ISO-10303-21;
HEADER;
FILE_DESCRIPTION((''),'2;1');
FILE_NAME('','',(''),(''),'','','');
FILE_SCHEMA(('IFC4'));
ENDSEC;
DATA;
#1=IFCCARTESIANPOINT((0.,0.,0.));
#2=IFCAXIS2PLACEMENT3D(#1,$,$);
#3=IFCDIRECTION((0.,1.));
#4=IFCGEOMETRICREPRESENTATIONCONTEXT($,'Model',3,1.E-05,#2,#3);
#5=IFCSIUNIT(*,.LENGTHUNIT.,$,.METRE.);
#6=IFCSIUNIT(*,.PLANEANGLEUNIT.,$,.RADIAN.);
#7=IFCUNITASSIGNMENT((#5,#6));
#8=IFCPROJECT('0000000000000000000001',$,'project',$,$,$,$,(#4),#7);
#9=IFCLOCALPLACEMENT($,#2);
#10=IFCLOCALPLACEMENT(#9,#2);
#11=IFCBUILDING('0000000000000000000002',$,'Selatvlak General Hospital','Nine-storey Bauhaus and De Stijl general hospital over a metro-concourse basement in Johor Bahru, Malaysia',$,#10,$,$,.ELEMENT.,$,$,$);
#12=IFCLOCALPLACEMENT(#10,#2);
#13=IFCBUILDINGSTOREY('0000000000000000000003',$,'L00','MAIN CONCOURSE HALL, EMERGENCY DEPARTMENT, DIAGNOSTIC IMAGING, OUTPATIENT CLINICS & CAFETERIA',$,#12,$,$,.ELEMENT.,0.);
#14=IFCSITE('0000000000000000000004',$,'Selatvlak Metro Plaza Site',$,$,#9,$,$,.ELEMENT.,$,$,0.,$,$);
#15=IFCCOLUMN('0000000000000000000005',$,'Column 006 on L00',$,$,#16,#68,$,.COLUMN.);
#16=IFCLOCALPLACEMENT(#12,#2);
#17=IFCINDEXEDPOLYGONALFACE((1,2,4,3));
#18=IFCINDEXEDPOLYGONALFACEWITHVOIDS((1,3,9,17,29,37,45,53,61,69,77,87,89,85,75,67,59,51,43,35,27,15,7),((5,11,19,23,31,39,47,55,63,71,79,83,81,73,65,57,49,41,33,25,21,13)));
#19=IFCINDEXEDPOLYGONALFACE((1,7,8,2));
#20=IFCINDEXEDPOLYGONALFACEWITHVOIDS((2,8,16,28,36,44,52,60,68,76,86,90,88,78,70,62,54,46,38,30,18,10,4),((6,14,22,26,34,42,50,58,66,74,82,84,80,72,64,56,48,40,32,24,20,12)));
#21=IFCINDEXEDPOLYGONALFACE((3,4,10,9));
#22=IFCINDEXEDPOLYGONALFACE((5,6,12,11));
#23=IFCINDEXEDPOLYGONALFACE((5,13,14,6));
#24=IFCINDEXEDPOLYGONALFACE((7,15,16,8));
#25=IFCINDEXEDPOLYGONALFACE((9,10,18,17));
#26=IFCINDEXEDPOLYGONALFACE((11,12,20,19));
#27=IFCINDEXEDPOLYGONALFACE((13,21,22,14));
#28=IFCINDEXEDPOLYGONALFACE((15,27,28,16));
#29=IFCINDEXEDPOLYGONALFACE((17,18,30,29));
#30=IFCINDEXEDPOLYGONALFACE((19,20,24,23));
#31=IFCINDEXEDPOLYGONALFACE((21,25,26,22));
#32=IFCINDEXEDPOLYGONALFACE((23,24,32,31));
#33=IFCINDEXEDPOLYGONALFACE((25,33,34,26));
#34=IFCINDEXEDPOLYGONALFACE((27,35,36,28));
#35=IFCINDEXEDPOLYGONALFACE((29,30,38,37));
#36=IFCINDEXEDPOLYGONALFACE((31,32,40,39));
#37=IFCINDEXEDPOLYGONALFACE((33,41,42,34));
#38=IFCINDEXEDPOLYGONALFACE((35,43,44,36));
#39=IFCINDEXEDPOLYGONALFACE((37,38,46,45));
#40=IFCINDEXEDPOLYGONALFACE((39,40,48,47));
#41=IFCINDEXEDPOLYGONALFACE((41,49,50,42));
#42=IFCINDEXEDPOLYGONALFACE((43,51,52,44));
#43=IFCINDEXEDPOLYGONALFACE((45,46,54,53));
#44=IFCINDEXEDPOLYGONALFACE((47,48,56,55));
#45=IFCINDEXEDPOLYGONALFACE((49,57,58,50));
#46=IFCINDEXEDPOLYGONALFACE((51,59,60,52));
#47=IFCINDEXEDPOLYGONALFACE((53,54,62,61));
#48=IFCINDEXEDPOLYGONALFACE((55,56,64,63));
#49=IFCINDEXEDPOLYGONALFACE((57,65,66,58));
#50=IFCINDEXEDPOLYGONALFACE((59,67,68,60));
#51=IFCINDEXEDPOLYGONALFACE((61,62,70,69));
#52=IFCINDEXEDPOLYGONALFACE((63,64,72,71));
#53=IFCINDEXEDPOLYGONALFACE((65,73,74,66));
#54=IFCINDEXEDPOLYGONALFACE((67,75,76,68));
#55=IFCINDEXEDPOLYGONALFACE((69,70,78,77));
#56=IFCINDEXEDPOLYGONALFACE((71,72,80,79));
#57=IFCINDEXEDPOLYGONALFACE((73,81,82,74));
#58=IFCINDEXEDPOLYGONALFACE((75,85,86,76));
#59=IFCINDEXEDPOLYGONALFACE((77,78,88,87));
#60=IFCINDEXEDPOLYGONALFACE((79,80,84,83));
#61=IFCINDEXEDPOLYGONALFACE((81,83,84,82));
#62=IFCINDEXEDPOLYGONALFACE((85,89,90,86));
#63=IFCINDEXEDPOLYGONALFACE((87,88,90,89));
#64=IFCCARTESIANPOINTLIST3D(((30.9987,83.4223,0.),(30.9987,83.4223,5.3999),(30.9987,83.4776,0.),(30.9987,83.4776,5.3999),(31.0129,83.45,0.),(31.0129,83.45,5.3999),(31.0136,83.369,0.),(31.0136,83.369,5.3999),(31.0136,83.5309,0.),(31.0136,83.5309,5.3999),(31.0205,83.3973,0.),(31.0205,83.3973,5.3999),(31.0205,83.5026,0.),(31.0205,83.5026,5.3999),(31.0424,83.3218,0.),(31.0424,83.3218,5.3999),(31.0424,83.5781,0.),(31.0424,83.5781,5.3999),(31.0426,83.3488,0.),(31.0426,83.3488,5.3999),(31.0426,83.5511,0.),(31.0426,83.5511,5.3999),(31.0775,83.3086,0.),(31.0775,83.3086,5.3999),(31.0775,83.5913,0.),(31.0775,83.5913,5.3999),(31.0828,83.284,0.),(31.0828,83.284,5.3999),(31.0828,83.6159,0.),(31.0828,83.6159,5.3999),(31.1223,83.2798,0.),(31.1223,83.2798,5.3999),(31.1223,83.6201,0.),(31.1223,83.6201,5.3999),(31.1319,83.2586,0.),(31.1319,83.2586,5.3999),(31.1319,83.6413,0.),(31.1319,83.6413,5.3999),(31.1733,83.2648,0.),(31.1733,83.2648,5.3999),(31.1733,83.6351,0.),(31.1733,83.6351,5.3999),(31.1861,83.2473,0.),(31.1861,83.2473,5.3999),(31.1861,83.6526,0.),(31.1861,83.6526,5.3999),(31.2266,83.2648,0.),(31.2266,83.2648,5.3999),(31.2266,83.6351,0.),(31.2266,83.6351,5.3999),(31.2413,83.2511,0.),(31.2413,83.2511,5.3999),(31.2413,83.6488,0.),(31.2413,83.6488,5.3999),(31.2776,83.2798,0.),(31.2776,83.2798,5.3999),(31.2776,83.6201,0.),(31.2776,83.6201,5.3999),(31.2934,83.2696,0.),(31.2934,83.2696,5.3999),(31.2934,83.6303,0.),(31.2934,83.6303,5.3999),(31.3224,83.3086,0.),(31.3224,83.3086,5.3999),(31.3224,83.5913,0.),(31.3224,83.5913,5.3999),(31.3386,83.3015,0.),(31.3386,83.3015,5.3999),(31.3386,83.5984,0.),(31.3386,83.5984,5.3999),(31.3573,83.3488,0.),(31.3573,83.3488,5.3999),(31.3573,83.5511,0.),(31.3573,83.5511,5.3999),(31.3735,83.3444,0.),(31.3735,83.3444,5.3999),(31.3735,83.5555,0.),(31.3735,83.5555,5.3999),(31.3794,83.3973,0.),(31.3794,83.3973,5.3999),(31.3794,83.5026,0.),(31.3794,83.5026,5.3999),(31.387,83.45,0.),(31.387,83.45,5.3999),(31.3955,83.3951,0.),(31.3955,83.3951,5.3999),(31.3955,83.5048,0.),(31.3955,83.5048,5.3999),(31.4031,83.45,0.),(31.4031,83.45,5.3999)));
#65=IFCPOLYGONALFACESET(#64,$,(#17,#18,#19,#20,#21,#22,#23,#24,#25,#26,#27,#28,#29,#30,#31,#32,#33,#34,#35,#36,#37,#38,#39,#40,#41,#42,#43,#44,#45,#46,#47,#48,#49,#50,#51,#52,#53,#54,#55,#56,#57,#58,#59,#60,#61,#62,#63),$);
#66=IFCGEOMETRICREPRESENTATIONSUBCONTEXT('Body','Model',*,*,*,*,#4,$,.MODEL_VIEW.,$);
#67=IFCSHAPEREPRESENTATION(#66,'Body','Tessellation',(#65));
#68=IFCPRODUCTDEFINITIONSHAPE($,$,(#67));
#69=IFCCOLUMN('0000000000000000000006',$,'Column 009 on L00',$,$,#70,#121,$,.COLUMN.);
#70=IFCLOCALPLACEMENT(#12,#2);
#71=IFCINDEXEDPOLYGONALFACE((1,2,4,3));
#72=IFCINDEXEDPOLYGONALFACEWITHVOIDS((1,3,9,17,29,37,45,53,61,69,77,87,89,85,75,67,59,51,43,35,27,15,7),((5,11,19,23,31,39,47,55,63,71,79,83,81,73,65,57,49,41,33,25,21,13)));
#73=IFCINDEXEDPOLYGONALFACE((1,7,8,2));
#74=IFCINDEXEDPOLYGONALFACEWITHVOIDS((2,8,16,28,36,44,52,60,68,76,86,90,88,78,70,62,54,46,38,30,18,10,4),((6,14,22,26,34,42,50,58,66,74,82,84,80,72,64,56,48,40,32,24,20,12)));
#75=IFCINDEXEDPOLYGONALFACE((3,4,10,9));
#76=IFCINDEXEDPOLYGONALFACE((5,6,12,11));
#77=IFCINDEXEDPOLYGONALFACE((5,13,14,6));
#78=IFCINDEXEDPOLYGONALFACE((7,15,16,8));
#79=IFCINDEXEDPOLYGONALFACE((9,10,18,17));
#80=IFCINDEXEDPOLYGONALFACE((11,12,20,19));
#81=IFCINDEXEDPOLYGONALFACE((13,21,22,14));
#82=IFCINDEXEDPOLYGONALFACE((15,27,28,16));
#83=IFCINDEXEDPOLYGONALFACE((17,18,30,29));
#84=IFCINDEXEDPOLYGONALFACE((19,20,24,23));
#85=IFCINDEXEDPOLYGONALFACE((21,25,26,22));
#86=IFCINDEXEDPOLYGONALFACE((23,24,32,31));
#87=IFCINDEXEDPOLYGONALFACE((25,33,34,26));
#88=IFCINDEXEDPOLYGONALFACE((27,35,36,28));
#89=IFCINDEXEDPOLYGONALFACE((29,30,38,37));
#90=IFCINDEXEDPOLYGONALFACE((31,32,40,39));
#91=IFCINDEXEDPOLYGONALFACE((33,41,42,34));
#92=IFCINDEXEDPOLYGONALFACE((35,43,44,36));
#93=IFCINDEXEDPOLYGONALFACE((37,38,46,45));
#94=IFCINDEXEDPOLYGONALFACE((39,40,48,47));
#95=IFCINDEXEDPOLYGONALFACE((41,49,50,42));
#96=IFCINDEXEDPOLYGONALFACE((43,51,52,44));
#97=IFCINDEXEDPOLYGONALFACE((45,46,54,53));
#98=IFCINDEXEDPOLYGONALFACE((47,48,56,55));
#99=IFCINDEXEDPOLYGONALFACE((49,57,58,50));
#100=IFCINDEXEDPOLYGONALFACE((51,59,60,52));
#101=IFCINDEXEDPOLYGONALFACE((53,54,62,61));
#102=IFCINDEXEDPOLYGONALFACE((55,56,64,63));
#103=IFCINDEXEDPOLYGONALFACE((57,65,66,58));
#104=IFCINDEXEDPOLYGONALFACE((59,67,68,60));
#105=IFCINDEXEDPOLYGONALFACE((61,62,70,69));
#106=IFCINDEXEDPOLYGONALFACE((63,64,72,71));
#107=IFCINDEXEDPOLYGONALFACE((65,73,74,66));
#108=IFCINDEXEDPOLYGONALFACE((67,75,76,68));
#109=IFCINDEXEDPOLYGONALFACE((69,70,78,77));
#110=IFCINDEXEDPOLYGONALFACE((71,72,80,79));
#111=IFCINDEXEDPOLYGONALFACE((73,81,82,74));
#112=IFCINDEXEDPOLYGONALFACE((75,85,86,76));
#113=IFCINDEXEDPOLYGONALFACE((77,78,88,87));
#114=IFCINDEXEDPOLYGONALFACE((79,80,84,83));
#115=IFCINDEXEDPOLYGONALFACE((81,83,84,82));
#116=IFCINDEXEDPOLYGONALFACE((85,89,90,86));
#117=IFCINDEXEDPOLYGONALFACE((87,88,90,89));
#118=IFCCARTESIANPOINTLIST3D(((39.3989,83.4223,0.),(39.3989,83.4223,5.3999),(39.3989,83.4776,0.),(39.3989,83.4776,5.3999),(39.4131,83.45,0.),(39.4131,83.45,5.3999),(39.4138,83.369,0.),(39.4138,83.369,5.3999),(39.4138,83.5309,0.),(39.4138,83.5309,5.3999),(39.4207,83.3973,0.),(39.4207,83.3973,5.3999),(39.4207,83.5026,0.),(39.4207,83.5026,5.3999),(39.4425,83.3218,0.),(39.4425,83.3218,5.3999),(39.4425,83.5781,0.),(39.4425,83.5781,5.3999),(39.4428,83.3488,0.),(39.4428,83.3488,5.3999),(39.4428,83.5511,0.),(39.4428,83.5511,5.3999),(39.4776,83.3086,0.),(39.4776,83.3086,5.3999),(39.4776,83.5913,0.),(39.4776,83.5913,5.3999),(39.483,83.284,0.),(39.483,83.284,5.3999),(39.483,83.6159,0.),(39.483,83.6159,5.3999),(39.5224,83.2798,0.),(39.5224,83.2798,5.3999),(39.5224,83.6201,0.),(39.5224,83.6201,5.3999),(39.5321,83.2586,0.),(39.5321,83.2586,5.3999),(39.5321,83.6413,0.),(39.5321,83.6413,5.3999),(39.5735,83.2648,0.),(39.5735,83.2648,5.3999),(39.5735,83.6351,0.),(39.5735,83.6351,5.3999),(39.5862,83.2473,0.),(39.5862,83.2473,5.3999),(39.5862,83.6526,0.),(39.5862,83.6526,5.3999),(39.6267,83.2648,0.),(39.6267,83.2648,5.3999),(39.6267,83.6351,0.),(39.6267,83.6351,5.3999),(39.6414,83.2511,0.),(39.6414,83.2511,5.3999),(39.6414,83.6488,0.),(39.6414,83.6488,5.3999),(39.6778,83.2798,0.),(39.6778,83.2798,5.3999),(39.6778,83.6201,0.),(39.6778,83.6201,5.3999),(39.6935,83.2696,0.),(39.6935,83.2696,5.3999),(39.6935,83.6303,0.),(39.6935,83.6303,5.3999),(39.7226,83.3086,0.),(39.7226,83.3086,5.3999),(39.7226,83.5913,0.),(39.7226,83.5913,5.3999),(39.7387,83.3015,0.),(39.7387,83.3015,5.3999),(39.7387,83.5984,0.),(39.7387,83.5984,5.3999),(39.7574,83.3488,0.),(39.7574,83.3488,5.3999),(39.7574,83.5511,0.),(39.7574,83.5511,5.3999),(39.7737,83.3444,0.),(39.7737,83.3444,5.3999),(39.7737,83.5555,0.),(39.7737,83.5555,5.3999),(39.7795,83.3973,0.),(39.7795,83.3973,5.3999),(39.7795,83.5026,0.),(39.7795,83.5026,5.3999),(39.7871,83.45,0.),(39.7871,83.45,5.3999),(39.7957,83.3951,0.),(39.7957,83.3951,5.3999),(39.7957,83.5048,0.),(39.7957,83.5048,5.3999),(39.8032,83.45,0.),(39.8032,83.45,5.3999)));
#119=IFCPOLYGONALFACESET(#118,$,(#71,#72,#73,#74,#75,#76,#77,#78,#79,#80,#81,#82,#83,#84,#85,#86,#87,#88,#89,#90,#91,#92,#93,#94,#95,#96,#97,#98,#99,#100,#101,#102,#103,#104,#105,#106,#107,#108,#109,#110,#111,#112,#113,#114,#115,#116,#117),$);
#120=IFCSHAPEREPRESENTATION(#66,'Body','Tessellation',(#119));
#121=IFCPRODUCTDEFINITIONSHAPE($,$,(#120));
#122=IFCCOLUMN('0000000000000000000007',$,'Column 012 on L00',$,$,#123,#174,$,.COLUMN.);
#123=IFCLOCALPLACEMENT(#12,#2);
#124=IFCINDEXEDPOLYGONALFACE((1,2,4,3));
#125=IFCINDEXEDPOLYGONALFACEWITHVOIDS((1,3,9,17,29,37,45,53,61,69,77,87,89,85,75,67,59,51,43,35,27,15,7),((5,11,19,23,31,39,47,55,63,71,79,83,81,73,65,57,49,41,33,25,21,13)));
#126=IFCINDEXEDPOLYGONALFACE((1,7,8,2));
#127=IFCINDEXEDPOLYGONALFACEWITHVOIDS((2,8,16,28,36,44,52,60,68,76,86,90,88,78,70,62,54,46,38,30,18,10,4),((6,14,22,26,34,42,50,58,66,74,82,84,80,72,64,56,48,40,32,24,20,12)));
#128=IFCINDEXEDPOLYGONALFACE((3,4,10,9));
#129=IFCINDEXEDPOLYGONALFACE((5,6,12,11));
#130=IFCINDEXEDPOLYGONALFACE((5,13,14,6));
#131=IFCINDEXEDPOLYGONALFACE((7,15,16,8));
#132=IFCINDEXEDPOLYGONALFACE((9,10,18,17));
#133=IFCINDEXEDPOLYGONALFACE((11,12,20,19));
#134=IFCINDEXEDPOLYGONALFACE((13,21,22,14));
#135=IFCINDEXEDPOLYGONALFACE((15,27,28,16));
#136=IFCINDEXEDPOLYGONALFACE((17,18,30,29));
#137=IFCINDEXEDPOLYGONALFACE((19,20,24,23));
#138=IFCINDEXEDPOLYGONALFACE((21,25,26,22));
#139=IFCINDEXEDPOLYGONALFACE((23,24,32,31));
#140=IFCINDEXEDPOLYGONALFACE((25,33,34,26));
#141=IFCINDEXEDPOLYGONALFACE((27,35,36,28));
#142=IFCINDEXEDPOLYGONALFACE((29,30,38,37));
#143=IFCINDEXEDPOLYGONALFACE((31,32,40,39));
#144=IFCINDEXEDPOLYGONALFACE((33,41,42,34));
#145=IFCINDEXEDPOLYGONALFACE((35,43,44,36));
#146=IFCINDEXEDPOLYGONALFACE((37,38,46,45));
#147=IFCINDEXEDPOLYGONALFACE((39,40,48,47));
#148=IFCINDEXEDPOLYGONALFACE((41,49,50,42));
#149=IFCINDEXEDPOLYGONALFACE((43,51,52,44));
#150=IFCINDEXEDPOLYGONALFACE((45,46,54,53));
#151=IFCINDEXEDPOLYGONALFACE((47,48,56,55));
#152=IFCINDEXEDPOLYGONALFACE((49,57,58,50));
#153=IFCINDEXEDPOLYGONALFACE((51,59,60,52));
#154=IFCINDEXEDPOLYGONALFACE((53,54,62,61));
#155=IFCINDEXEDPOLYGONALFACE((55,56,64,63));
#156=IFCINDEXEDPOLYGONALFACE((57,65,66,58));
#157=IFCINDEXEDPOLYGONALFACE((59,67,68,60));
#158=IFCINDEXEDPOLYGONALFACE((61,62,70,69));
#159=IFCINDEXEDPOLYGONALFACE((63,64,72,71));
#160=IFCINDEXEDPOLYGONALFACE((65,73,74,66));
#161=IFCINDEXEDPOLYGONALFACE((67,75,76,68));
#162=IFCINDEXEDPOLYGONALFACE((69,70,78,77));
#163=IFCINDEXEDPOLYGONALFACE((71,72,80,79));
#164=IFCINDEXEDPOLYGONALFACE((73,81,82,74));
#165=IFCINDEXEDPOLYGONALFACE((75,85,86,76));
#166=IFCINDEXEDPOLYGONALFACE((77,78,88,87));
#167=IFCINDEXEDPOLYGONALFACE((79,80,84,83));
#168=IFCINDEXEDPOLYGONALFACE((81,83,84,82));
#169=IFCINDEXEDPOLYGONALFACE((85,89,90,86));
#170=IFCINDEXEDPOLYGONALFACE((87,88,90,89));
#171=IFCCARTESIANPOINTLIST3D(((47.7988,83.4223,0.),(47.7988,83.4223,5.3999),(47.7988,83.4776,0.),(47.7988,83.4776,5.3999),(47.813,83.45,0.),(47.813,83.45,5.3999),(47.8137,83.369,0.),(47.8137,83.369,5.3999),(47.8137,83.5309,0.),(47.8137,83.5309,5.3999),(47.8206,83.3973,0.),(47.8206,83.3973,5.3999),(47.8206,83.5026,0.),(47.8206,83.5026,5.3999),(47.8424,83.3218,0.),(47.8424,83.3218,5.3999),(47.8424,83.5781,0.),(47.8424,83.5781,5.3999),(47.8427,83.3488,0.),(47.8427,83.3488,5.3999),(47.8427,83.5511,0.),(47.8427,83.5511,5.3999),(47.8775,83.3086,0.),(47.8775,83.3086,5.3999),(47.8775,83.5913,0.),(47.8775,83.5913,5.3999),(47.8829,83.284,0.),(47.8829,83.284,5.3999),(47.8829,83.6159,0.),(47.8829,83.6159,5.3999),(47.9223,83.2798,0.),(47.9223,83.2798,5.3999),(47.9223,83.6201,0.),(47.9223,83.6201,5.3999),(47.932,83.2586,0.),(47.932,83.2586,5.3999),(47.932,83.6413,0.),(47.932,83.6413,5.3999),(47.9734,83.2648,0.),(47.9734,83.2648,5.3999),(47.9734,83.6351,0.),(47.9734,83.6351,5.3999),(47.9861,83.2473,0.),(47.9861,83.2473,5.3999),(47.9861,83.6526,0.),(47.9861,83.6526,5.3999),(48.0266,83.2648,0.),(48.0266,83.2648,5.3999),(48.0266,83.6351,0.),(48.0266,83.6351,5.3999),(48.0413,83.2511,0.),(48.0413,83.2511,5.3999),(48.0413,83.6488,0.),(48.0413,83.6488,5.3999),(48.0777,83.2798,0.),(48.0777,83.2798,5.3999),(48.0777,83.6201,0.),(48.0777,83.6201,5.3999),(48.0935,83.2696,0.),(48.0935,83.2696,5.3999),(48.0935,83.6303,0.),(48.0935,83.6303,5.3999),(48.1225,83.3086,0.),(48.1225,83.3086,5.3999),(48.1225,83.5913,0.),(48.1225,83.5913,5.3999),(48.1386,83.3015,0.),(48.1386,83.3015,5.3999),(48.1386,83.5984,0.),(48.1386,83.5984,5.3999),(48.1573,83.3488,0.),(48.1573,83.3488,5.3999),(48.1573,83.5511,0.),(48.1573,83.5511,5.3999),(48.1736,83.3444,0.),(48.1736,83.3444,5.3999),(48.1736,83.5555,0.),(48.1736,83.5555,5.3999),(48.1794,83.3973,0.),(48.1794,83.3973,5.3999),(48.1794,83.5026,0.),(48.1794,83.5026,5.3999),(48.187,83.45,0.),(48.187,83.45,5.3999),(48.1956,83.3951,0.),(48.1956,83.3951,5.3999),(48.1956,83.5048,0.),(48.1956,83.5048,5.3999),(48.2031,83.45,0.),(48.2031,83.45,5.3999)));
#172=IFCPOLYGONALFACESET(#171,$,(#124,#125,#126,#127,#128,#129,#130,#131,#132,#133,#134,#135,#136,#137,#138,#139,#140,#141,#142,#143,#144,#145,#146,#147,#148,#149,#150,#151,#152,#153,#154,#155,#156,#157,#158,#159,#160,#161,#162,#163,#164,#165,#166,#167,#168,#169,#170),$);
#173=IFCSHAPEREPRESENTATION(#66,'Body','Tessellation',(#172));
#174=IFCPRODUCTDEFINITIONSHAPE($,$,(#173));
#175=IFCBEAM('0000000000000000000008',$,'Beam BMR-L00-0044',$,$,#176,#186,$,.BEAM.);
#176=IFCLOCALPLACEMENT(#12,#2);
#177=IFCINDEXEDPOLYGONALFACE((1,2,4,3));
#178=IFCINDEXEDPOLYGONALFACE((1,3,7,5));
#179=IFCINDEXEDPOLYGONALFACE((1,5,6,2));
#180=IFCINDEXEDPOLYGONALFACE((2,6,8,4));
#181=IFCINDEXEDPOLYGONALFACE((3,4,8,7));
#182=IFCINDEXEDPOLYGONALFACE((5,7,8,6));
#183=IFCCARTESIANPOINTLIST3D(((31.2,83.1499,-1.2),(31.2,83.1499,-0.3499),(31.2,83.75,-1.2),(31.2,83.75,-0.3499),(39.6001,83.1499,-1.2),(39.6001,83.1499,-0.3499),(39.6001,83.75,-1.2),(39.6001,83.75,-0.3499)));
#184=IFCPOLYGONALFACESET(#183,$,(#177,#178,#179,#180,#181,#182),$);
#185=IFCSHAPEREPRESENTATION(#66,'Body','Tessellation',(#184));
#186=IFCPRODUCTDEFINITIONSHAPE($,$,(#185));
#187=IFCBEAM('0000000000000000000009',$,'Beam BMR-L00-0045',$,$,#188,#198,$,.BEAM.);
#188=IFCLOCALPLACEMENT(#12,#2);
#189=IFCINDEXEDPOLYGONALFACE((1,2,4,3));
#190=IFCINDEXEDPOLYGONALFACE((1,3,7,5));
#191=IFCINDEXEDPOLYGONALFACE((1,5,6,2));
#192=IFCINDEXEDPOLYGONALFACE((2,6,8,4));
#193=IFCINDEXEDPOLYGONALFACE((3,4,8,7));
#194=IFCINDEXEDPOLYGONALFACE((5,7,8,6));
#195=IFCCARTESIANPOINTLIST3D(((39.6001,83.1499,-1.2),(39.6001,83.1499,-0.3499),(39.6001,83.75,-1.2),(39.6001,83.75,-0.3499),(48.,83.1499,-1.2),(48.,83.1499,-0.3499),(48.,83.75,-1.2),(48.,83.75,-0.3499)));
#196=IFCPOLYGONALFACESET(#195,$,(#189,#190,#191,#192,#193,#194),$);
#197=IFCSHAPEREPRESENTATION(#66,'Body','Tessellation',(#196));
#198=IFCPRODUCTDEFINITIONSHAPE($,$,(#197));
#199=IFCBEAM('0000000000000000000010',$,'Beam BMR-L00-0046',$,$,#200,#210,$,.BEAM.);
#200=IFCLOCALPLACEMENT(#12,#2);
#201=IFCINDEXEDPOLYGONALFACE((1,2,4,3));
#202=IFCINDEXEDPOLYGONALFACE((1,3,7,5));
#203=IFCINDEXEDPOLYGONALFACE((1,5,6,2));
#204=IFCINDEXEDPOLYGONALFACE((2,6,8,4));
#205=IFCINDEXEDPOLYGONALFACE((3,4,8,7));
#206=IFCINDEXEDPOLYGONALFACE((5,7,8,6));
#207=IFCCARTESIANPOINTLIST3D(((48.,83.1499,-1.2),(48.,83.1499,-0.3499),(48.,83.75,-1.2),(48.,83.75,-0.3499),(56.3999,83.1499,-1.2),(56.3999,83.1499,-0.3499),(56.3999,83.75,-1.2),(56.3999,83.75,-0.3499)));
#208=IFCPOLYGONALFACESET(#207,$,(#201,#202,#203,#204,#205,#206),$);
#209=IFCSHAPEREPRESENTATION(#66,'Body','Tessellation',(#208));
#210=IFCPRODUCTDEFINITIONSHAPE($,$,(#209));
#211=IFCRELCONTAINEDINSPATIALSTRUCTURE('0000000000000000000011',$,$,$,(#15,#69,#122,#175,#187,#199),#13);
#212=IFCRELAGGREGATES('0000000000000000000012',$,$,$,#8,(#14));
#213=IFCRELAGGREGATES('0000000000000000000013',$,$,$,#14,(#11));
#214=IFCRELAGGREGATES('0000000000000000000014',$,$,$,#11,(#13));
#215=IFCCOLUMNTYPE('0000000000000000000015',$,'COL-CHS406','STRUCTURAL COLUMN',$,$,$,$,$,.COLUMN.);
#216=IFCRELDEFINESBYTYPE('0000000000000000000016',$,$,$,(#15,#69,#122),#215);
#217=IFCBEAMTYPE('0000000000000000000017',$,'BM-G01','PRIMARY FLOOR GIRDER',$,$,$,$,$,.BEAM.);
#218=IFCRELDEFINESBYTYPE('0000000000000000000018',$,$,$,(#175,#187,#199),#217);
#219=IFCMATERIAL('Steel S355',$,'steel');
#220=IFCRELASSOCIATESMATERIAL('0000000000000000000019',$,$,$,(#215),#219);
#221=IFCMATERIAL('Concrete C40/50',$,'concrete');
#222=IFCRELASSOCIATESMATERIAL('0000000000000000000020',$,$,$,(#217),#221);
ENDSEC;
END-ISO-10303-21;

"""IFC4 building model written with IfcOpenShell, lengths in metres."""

from ifc_helpers import new_model, si_unit, direction, frame, origin, origin_2d, place, context, subcontext, project, spatial, rectangle, hollow_circle, extrude, material, material_profile, profile_set, type_object, element, save


model = new_model("IFC4")

# Units and contexts
model_context = context("Model", 3, precision=1e-05, world=origin(), true_north=direction((0.0, 1.0)))
body_context = subcontext(model_context, "Body", "Model", "MODEL_VIEW")
ifc_project = project(units=[si_unit("LENGTHUNIT", "METRE"), si_unit("PLANEANGLEUNIT", "RADIAN")], contexts=[model_context])

# Site, building, storey
site_placement = place(None, origin())
site = spatial("IfcSite", under=ifc_project, at=site_placement, Name="Selatvlak Metro Plaza Site", CompositionType="ELEMENT", RefElevation=0.0)
building_placement = place(site_placement, origin())
building = spatial("IfcBuilding", under=site, at=building_placement, Name="Selatvlak General Hospital", Description="Nine-storey Bauhaus and De Stijl general hospital over a metro-concourse basement in Johor Bahru, Malaysia", CompositionType="ELEMENT")
storey_placement = place(building_placement, origin())
storey = spatial("IfcBuildingStorey", under=building, at=storey_placement, Name="L00", Description="MAIN CONCOURSE HALL, EMERGENCY DEPARTMENT, DIAGNOSTIC IMAGING, OUTPATIENT CLINICS & CAFETERIA", CompositionType="ELEMENT", Elevation=0.0)

# Columns
ifc_material_1 = material(Name="Steel S355", Category="steel")
ifc_material_profile_1 = material_profile(ifc_material_1, hollow_circle(Radius=0.2031, WallThickness=0.0161, at=origin_2d()), Name="CHS 406.4x16")
ifc_profile_set_1 = profile_set([ifc_material_profile_1], Name="Steel S355")
column_type = type_object("IfcColumnType", Name="COL-CHS406", Description="STRUCTURAL COLUMN", PredefinedType="COLUMN", material=ifc_profile_set_1)
for number, where, z_axis, x_axis, name in (
    (1, (31.2, 83.45, 0.0), (0.0, 0.0, 1.0), (1.0, 0.0, 0.0), "Column 006 on L00"),
    (2, (39.6001, 83.45, 0.0), (0.0, 0.0, 1.0), (1.0, 0.0, 0.0), "Column 009 on L00"),
    (3, (48.0, 83.45, 0.0), (0.0, 0.0, 1.0), (1.0, 0.0, 0.0), "Column 012 on L00"),
):
    element("IfcColumn", number, at=place(storey_placement, frame(where, z_axis=z_axis, x_axis=x_axis)), inside=storey, type_object=column_type, Name=name, PredefinedType="COLUMN", context=body_context, shape_type="SweptSolid", body=[
        extrude(hollow_circle(Radius=0.2031, WallThickness=0.0161, at=origin_2d()), origin(), (0.0, 0.0, 1.0), 5.3999),
    ])

# Beams
ifc_material_2 = material(Name="Concrete C40/50", Category="concrete")
ifc_material_profile_2 = material_profile(ifc_material_2, rectangle(XDim=0.6001, YDim=0.8501, at=origin_2d()), Name="RC-BM 600x850")
ifc_profile_set_2 = profile_set([ifc_material_profile_2], Name="Concrete C40/50")
beam_type_1 = type_object("IfcBeamType", Name="BM-G01", Description="PRIMARY FLOOR GIRDER", PredefinedType="BEAM", material=ifc_profile_set_2)
beam_placement = place(storey_placement, frame((31.2, 83.45, -0.7749), z_axis=(1.0, 0.0, 0.0), x_axis=(0.0, 1.0, 0.0)))
element("IfcBeam", 4, at=beam_placement, inside=storey, type_object=beam_type_1, Name="Beam BMR-L00-0044", PredefinedType="BEAM", context=body_context, shape_type="SweptSolid", body=[
    extrude(rectangle(XDim=0.6001, YDim=0.8501, at=origin_2d()), origin(), (0.0, 0.0, 1.0), 8.4001),
])
for number, where, z_axis, x_axis, name in (
    (5, (39.6001, 83.45, -0.7749), (1.0, 0.0, 0.0), (0.0, 1.0, 0.0), "Beam BMR-L00-0045"),
    (6, (48.0, 83.45, -0.7749), (1.0, 0.0, 0.0), (0.0, 1.0, 0.0), "Beam BMR-L00-0046"),
):
    element("IfcBeam", number, at=place(storey_placement, frame(where, z_axis=z_axis, x_axis=x_axis)), inside=storey, type_object=beam_type_1, Name=name, PredefinedType="BEAM", context=body_context, shape_type="SweptSolid", body=[
        extrude(rectangle(XDim=0.6001, YDim=0.8501, at=origin_2d()), origin(), (0.0, 0.0, 1.0), 8.3999),
    ])

save(model, "model.ifc")
